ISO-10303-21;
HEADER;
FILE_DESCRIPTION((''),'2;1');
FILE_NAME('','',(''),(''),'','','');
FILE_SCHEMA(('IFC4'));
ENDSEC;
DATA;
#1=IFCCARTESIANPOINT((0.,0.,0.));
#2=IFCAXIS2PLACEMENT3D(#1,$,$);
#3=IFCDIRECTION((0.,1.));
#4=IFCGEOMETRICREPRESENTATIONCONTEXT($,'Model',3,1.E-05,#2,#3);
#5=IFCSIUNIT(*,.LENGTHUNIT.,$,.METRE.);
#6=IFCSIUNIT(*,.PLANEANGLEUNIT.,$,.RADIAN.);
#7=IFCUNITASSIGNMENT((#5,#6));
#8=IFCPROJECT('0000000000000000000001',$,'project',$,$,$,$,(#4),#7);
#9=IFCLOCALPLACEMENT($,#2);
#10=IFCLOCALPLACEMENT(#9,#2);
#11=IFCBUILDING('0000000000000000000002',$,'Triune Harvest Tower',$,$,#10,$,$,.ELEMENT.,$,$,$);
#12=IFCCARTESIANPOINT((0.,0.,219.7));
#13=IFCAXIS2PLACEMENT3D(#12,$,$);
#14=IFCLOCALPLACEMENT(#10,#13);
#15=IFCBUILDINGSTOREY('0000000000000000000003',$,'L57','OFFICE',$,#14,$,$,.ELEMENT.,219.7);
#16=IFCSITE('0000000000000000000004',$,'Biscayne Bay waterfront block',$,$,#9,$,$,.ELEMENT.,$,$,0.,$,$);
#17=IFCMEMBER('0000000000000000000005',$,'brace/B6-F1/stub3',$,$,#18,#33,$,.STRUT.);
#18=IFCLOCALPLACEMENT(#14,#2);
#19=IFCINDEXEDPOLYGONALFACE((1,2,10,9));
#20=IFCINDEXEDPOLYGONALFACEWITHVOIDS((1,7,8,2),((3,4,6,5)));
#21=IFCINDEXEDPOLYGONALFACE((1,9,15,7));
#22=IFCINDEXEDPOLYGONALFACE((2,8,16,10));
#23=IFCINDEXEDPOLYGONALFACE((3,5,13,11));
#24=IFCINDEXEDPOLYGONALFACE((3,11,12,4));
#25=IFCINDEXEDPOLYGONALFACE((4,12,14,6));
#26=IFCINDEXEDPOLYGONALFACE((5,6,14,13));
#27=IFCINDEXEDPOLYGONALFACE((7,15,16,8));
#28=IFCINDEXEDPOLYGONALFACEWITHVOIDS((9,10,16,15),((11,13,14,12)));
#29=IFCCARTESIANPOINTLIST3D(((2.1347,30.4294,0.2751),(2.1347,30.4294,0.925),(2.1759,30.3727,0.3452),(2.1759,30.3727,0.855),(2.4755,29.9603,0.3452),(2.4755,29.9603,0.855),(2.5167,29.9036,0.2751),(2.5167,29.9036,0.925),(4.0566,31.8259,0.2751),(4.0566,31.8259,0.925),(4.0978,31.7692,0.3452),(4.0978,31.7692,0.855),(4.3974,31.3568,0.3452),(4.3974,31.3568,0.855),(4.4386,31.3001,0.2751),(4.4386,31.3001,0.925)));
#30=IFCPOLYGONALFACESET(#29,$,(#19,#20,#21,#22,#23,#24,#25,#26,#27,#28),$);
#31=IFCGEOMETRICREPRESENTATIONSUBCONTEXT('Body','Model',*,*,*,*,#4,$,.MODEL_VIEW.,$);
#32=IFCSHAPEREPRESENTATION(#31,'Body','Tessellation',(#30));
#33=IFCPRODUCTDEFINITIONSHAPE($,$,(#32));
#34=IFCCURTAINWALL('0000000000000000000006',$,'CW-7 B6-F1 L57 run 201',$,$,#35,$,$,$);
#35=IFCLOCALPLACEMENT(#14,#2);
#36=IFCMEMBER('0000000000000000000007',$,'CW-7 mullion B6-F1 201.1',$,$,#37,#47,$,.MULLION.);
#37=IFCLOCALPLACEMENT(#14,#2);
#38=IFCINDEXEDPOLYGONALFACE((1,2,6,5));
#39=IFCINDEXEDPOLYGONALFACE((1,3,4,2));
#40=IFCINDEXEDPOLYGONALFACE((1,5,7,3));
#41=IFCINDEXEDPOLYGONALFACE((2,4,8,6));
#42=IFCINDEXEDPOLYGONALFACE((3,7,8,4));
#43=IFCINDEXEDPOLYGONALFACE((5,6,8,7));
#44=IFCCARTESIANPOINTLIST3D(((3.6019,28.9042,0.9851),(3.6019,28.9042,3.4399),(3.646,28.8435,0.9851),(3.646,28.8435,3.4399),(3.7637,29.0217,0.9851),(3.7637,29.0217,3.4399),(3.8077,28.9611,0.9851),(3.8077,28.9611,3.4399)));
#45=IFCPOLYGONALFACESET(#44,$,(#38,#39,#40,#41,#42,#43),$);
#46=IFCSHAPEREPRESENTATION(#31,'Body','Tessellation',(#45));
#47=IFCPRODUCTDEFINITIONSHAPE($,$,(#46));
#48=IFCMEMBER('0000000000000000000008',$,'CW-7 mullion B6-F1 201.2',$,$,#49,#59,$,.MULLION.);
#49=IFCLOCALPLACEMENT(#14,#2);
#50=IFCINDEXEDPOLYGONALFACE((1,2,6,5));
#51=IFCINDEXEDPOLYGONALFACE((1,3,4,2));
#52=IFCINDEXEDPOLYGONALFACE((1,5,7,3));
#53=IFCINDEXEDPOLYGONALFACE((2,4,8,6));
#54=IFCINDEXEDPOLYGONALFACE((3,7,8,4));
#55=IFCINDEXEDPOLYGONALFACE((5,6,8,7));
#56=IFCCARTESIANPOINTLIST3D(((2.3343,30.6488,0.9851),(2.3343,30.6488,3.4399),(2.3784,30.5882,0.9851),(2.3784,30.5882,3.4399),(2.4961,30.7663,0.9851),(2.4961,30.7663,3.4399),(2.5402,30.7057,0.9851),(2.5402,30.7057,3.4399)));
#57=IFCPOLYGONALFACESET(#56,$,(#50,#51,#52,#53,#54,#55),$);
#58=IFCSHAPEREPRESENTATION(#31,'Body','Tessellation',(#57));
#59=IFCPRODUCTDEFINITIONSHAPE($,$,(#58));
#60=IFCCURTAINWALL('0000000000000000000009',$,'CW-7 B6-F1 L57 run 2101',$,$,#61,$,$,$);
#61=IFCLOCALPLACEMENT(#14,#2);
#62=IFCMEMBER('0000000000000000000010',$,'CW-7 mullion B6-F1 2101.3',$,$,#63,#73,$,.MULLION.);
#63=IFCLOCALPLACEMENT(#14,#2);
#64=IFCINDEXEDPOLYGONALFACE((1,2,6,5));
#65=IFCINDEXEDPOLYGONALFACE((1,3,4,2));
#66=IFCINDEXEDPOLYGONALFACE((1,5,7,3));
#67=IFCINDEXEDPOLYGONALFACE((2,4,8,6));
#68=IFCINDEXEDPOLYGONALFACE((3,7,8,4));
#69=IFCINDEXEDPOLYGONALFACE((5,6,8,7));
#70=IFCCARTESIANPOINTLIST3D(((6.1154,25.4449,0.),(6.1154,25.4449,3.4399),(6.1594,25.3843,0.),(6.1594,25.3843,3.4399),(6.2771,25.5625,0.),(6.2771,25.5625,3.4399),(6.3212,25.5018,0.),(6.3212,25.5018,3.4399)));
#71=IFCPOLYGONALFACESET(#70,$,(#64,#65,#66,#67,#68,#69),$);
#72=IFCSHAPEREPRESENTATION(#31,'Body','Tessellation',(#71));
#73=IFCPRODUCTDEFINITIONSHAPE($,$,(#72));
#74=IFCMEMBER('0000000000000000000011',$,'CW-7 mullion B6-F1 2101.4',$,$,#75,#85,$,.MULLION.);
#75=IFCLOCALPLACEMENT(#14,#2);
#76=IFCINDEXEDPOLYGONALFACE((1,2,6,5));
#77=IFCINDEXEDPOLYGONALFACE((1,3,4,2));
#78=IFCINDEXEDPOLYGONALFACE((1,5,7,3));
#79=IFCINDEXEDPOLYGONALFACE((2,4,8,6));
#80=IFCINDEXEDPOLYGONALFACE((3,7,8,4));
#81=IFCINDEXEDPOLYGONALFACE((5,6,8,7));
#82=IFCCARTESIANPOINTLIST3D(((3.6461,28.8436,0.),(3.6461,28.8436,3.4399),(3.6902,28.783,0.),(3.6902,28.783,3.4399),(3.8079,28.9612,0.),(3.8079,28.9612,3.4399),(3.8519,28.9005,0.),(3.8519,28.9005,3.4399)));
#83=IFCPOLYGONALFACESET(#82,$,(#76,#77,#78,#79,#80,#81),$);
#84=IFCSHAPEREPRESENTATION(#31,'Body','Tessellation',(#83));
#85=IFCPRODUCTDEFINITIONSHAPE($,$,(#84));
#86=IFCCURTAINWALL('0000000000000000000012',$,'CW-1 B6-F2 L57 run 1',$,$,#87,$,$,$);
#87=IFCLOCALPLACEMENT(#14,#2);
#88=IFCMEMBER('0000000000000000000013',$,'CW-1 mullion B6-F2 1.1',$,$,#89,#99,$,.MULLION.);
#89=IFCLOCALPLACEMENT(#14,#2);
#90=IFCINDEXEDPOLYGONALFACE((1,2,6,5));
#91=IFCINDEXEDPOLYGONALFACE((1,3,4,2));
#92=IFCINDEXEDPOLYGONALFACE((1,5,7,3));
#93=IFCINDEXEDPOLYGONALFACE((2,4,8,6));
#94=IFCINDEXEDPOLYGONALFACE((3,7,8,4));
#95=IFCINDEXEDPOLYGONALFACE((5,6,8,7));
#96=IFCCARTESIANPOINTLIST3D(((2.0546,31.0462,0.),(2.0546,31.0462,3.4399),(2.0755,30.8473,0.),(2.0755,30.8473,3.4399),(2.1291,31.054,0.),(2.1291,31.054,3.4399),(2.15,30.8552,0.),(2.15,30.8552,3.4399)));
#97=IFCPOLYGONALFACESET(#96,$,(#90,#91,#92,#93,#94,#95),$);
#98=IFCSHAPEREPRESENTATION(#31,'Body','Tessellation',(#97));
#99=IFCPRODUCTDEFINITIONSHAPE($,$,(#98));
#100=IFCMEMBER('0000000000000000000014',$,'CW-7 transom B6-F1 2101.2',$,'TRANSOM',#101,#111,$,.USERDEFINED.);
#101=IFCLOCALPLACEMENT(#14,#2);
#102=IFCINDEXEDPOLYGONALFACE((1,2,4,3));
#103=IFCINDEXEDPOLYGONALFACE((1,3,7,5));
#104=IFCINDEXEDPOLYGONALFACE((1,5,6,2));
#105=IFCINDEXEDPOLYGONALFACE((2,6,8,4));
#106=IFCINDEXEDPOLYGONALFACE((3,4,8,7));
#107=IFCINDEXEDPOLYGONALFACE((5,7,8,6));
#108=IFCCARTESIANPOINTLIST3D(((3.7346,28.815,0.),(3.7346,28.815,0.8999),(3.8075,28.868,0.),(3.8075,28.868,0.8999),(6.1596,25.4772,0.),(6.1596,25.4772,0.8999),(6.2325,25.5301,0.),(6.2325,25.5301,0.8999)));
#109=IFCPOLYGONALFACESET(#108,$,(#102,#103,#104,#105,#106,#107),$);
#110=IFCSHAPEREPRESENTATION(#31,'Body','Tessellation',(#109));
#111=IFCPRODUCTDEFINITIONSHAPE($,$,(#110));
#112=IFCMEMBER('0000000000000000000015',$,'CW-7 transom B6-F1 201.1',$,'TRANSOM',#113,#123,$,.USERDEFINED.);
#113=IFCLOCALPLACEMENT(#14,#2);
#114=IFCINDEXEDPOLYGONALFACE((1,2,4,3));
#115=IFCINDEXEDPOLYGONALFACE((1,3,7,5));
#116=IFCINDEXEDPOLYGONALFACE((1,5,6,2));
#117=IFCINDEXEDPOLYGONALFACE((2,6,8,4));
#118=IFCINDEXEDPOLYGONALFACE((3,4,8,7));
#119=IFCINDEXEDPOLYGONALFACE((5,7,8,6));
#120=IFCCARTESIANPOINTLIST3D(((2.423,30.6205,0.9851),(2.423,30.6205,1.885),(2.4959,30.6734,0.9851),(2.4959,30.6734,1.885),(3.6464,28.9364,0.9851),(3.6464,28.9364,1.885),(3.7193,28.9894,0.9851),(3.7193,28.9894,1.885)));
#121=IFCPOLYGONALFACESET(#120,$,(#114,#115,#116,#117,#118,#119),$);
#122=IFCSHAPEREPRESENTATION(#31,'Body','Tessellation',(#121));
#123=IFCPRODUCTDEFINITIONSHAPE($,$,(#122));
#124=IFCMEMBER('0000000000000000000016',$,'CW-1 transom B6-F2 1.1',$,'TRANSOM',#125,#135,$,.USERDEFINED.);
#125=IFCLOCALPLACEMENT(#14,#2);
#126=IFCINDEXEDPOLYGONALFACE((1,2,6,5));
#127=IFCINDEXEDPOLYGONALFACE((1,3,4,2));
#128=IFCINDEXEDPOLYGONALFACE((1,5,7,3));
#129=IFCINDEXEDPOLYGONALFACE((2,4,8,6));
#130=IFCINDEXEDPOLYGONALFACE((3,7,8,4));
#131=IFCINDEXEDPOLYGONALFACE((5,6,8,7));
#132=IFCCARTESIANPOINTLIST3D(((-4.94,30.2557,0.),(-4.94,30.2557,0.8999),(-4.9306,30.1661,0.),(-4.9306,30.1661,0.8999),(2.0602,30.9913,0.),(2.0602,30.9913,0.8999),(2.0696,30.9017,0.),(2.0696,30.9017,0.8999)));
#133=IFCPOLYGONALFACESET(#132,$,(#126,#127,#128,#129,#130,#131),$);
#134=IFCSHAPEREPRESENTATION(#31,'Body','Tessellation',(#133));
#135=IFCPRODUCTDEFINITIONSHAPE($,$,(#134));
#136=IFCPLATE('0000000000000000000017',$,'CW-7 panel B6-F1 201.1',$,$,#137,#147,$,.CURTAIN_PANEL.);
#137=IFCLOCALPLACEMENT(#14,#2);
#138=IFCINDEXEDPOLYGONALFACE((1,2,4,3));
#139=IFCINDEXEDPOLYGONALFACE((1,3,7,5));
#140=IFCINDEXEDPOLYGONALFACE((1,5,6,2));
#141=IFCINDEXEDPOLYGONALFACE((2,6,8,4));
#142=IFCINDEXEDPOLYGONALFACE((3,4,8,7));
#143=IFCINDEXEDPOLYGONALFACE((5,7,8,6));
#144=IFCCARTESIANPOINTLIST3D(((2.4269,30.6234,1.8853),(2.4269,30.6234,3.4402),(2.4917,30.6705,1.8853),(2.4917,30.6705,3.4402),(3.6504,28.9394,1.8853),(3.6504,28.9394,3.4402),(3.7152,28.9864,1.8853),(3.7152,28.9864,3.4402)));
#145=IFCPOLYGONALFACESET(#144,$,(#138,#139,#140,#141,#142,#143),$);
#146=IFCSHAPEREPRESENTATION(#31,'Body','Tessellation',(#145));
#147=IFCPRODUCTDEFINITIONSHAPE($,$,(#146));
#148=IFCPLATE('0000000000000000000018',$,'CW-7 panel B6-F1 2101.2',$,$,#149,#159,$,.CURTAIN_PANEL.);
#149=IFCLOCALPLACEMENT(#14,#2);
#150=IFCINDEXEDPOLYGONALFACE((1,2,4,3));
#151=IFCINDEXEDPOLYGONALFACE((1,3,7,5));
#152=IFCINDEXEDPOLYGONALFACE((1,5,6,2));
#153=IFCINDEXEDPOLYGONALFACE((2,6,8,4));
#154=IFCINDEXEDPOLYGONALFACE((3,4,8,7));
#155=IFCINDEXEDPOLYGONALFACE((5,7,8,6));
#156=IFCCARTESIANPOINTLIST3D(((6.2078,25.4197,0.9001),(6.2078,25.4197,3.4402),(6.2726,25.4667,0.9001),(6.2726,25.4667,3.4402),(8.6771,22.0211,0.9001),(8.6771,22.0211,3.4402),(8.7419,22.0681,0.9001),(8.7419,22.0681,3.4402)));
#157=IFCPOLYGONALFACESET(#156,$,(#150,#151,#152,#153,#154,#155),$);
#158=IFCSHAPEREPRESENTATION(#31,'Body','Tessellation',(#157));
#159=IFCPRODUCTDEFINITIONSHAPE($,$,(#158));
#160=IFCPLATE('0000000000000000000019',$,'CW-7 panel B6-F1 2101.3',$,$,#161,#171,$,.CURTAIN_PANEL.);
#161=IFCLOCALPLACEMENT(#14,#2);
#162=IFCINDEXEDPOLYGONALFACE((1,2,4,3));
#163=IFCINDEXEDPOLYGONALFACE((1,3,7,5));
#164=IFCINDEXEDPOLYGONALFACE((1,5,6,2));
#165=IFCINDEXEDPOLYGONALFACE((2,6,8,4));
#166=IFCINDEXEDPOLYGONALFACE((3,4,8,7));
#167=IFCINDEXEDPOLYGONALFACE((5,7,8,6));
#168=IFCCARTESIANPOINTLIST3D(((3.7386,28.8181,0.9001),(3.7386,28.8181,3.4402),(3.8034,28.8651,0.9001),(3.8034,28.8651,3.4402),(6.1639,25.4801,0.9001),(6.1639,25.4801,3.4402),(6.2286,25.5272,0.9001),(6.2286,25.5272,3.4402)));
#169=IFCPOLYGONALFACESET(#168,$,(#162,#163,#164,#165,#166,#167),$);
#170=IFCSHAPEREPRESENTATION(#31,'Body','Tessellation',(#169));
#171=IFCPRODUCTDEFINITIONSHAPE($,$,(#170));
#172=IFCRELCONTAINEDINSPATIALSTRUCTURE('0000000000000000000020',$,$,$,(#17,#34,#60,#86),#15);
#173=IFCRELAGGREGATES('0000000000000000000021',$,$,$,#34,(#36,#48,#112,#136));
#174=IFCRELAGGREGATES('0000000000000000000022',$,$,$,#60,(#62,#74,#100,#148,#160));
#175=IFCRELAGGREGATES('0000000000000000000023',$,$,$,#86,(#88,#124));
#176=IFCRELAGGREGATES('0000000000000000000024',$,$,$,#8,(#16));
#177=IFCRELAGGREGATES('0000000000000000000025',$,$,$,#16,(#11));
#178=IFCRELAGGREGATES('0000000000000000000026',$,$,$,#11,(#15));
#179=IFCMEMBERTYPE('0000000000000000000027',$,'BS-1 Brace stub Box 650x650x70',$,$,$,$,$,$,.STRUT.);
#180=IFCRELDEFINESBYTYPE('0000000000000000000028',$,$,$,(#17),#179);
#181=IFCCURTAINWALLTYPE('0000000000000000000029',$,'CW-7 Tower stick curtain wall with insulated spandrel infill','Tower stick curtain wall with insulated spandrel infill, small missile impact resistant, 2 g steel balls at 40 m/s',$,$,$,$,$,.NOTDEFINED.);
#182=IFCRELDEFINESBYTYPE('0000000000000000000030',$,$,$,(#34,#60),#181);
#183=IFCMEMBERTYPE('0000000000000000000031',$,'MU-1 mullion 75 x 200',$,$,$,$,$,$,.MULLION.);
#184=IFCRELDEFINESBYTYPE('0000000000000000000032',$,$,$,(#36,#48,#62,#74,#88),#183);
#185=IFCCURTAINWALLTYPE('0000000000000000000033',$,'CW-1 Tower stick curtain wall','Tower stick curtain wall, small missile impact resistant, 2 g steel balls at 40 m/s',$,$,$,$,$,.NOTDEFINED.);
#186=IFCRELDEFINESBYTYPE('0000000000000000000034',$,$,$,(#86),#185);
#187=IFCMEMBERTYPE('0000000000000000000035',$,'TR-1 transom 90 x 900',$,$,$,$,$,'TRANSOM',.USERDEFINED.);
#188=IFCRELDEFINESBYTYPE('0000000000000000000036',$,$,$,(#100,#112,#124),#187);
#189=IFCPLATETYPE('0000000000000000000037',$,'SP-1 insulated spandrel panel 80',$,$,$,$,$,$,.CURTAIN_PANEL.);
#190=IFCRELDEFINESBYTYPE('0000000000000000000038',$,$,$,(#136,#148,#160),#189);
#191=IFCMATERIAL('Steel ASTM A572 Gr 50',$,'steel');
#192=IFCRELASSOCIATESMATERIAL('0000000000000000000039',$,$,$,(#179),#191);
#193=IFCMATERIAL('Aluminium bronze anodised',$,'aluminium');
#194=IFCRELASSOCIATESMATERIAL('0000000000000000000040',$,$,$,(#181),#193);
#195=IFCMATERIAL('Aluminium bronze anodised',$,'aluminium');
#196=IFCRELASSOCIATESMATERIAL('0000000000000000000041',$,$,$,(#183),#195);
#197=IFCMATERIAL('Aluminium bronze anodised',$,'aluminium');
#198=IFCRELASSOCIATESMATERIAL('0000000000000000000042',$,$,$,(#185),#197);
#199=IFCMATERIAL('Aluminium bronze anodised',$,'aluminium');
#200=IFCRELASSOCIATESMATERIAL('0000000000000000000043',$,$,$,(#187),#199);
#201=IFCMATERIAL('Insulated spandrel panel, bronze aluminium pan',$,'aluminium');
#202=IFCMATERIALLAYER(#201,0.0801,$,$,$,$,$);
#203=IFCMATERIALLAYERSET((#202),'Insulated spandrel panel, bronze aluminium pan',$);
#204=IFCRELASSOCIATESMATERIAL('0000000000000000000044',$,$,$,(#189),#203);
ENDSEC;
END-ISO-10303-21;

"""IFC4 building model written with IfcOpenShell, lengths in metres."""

from ifc_helpers import new_model, si_unit, direction, frame, origin, origin_2d, place, context, subcontext, project, spatial, rectangle, hollow_rectangle, extrude, source, transform, mapped, material, layer, layer_set, material_profile, profile_set, type_object, element, aggregate, save


model = new_model("IFC4")

# Units and contexts
model_context = context("Model", 3, precision=1e-05, world=origin(), true_north=direction((0.0, 1.0)))
body_context = subcontext(model_context, "Body", "Model", "MODEL_VIEW")
ifc_project = project(units=[si_unit("LENGTHUNIT", "METRE"), si_unit("PLANEANGLEUNIT", "RADIAN")], contexts=[model_context])

# Site, building, storey
site_placement = place(None, origin())
site = spatial("IfcSite", under=ifc_project, at=site_placement, Name="Biscayne Bay waterfront block", CompositionType="ELEMENT", RefElevation=0.0)
building_placement = place(site_placement, origin())
building = spatial("IfcBuilding", under=site, at=building_placement, Name="Triune Harvest Tower", CompositionType="ELEMENT")
storey_placement = place(building_placement, frame((0.0, 0.0, 219.7)))
storey = spatial("IfcBuildingStorey", under=building, at=storey_placement, Name="L57", Description="OFFICE", CompositionType="ELEMENT", Elevation=219.7)

# Member
ifc_material_1 = material(Name="Steel ASTM A572 Gr 50", Category="steel")
ifc_material_profile_1 = material_profile(ifc_material_1, hollow_rectangle(XDim=0.6499, YDim=0.6499, WallThickness=0.0701, at=origin_2d()), Name="Box 650x650x70")
ifc_profile_set_1 = profile_set([ifc_material_profile_1], Name="Steel ASTM A572 Gr 50")
member_type_1 = type_object("IfcMemberType", Name="BS-1 Brace stub Box 650x650x70", PredefinedType="STRUT", material=ifc_profile_set_1)
shared_shape_1 = source(origin(), body_context, "Body", "SweptSolid", [
    extrude(hollow_rectangle(XDim=0.6499, YDim=0.6499, WallThickness=0.0701, at=origin_2d()), origin(), (0.0, 0.0, 1.0), 2.3757),
])
member_1_placement = place(storey_placement, frame((2.3257, 30.1665, 0.6001), z_axis=(0.808985, 0.587829, 0.0), x_axis=(-0.587829, 0.808985, 0.0)))
element("IfcMember", 1, at=member_1_placement, inside=storey, type_object=member_type_1, Name="brace/B6-F1/stub3", PredefinedType="STRUT", context=body_context, shape_type="MappedRepresentation", body=[
    mapped(shared_shape_1, transform((0.0, 0.0, 0.0), scale=1.0)),
])

# Curtain walls, members
ifc_material_2 = material(Name="Aluminium bronze anodised", Category="aluminium")
curtain_wall_type_1 = type_object("IfcCurtainWallType", Name="CW-7 Tower stick curtain wall with insulated spandrel infill", Description="Tower stick curtain wall with insulated spandrel infill, small missile impact resistant, 2 g steel balls at 40 m/s", PredefinedType="NOTDEFINED", material=ifc_material_2)
curtain_wall_1_placement = place(storey_placement, origin())
curtain_wall_1 = element("IfcCurtainWall", 2, at=curtain_wall_1_placement, inside=storey, type_object=curtain_wall_type_1, Name="CW-7 B6-F1 L57 run 201")
ifc_material_3 = material(Name="Aluminium bronze anodised", Category="aluminium")
ifc_material_profile_2 = material_profile(ifc_material_3, rectangle(XDim=0.2, YDim=0.075, at=origin_2d()), Name="MU-1 mullion 75 x 200")
ifc_profile_set_2 = profile_set([ifc_material_profile_2], Name="Aluminium bronze anodised")
member_type_2 = type_object("IfcMemberType", Name="MU-1 mullion 75 x 200", PredefinedType="MULLION", material=ifc_profile_set_2)
shared_shape_2 = source(origin(), body_context, "Body", "SweptSolid", [
    extrude(rectangle(XDim=0.2, YDim=0.075, at=origin_2d()), origin(), (0.0, 0.0, 1.0), 2.4548),
])
member_2_placement = place(storey_placement, frame((3.7048, 28.9326, 0.9851), z_axis=(0.0, 0.0, 1.0), x_axis=(-0.809038, -0.587756, 0.0)))
member_2 = element("IfcMember", 3, at=member_2_placement, type_object=member_type_2, Name="CW-7 mullion B6-F1 201.1", PredefinedType="MULLION", context=body_context, shape_type="MappedRepresentation", body=[
    mapped(shared_shape_2, transform((0.0, 0.0, 0.0), scale=1.0)),
])
member_3_placement = place(storey_placement, frame((2.4373, 30.6772, 0.9851), z_axis=(0.0, 0.0, 1.0), x_axis=(-0.809038, -0.587756, 0.0)))
member_3 = element("IfcMember", 4, at=member_3_placement, type_object=member_type_2, Name="CW-7 mullion B6-F1 201.2", PredefinedType="MULLION", context=body_context, shape_type="MappedRepresentation", body=[
    mapped(shared_shape_2, transform((0.0, 0.0, 0.0), scale=1.0)),
])
curtain_wall_2_placement = place(storey_placement, origin())
curtain_wall_2 = element("IfcCurtainWall", 5, at=curtain_wall_2_placement, inside=storey, type_object=curtain_wall_type_1, Name="CW-7 B6-F1 L57 run 2101")
shared_shape_3 = source(origin(), body_context, "Body", "SweptSolid", [
    extrude(rectangle(XDim=0.2, YDim=0.075, at=origin_2d()), origin(), (0.0, 0.0, 1.0), 3.4399),
])
member_4_placement = place(storey_placement, frame((6.2183, 25.4734, 0.0), z_axis=(0.0, 0.0, 1.0), x_axis=(-0.809014, -0.587789, 0.0)))
member_4 = element("IfcMember", 6, at=member_4_placement, type_object=member_type_2, Name="CW-7 mullion B6-F1 2101.3", PredefinedType="MULLION", context=body_context, shape_type="MappedRepresentation", body=[
    mapped(shared_shape_3, transform((0.0, 0.0, 0.0), scale=1.0)),
])
member_5_placement = place(storey_placement, frame((3.749, 28.8721, 0.0), z_axis=(0.0, 0.0, 1.0), x_axis=(-0.809014, -0.587789, 0.0)))
member_5 = element("IfcMember", 7, at=member_5_placement, type_object=member_type_2, Name="CW-7 mullion B6-F1 2101.4", PredefinedType="MULLION", context=body_context, shape_type="MappedRepresentation", body=[
    mapped(shared_shape_3, transform((0.0, 0.0, 0.0), scale=1.0)),
])

# Curtain wall, member
ifc_material_4 = material(Name="Aluminium bronze anodised", Category="aluminium")
curtain_wall_type_2 = type_object("IfcCurtainWallType", Name="CW-1 Tower stick curtain wall", Description="Tower stick curtain wall, small missile impact resistant, 2 g steel balls at 40 m/s", PredefinedType="NOTDEFINED", material=ifc_material_4)
curtain_wall_3_placement = place(storey_placement, origin())
curtain_wall_3 = element("IfcCurtainWall", 8, at=curtain_wall_3_placement, inside=storey, type_object=curtain_wall_type_2, Name="CW-1 B6-F2 L57 run 1")
member_6_placement = place(storey_placement, frame((2.1023, 30.9507, 0.0), z_axis=(0.0, 0.0, 1.0), x_axis=(0.10453, -0.994522, 0.0)))
member_6 = element("IfcMember", 9, at=member_6_placement, type_object=member_type_2, Name="CW-1 mullion B6-F2 1.1", PredefinedType="MULLION", context=body_context, shape_type="MappedRepresentation", body=[
    mapped(shared_shape_3, transform((0.0, 0.0, 0.0), scale=1.0)),
])

# Members
ifc_material_5 = material(Name="Aluminium bronze anodised", Category="aluminium")
ifc_material_profile_3 = material_profile(ifc_material_5, rectangle(XDim=0.0901, YDim=0.8999, at=origin_2d()), Name="TR-1 transom 90 x 900")
ifc_profile_set_3 = profile_set([ifc_material_profile_3], Name="Aluminium bronze anodised")
member_type_3 = type_object("IfcMemberType", Name="TR-1 transom 90 x 900", ElementType="TRANSOM", PredefinedType="USERDEFINED", material=ifc_profile_set_3)
shared_shape_4 = source(origin(), body_context, "Body", "SweptSolid", [
    extrude(rectangle(XDim=0.0901, YDim=0.8999, at=origin_2d()), origin(), (0.0, 0.0, 1.0), 4.1257),
])
member_7_placement = place(storey_placement, frame((6.196, 25.5037, 0.45), z_axis=(-0.587774, 0.809025, 0.0), x_axis=(-0.809025, -0.587774, 0.0)))
member_7 = element("IfcMember", 10, at=member_7_placement, type_object=member_type_3, Name="CW-7 transom B6-F1 2101.2", ObjectType="TRANSOM", PredefinedType="USERDEFINED", context=body_context, shape_type="MappedRepresentation", body=[
    mapped(shared_shape_4, transform((0.0, 0.0, 0.0), scale=1.0)),
])
shared_shape_5 = source(origin(), body_context, "Body", "SweptSolid", [
    extrude(rectangle(XDim=0.0901, YDim=0.8999, at=origin_2d()), origin(), (0.0, 0.0, 1.0), 2.0815),
])
member_8_placement = place(storey_placement, frame((3.6829, 28.9629, 1.4351), z_axis=(-0.587732, 0.809055, 0.0), x_axis=(-0.809055, -0.587732, 0.0)))
member_8 = element("IfcMember", 11, at=member_8_placement, type_object=member_type_3, Name="CW-7 transom B6-F1 201.1", ObjectType="TRANSOM", PredefinedType="USERDEFINED", context=body_context, shape_type="MappedRepresentation", body=[
    mapped(shared_shape_5, transform((0.0, 0.0, 0.0), scale=1.0)),
])
shared_shape_6 = source(origin(), body_context, "Body", "SweptSolid", [
    extrude(rectangle(XDim=0.0901, YDim=0.8999, at=origin_2d()), origin(), (0.0, 0.0, 1.0), 7.0388),
])
member_9_placement = place(storey_placement, frame((2.0649, 30.9465, 0.45), z_axis=(-0.994524, -0.104506, 0.0), x_axis=(0.104506, -0.994524, 0.0)))
member_9 = element("IfcMember", 12, at=member_9_placement, type_object=member_type_3, Name="CW-1 transom B6-F2 1.1", ObjectType="TRANSOM", PredefinedType="USERDEFINED", context=body_context, shape_type="MappedRepresentation", body=[
    mapped(shared_shape_6, transform((0.0, 0.0, 0.0), scale=1.0)),
])

# Plates
ifc_material_6 = material(Name="Insulated spandrel panel, bronze aluminium pan", Category="aluminium")
ifc_layer_1 = layer(ifc_material_6, 0.0801)
ifc_layer_set_1 = layer_set([ifc_layer_1], Name="Insulated spandrel panel, bronze aluminium pan")
plate_type_1 = type_object("IfcPlateType", Name="SP-1 insulated spandrel panel 80", PredefinedType="CURTAIN_PANEL", material=ifc_layer_set_1)
shared_shape_7 = source(origin(), body_context, "Body", "SweptSolid", [
    extrude(rectangle(XDim=2.0815, YDim=0.0801, at=origin_2d()), origin(), (0.0, 0.0, 1.0), 1.5549),
])
plate_1_placement = place(storey_placement, frame((3.071, 29.8049, 1.8853), z_axis=(0.0, 0.0, 1.0), x_axis=(-0.587756, 0.809038, 0.0)))
plate_1 = element("IfcPlate", 13, at=plate_1_placement, type_object=plate_type_1, Name="CW-7 panel B6-F1 201.1", PredefinedType="CURTAIN_PANEL", context=body_context, shape_type="MappedRepresentation", body=[
    mapped(shared_shape_7, transform((0.0, 0.0, 0.0), scale=1.0)),
])
aggregate(curtain_wall_1, [member_2, member_3, member_8, plate_1])
shared_shape_8 = source(origin(), body_context, "Body", "SweptSolid", [
    extrude(rectangle(XDim=4.2009, YDim=0.0801, at=origin_2d()), origin(), (0.0, 0.0, 1.0), 2.54),
])
plate_2_placement = place(storey_placement, frame((7.4749, 23.7439, 0.9001), z_axis=(0.0, 0.0, 1.0), x_axis=(-0.587789, 0.809014, 0.0)))
plate_2 = element("IfcPlate", 14, at=plate_2_placement, type_object=plate_type_1, Name="CW-7 panel B6-F1 2101.2", PredefinedType="CURTAIN_PANEL", context=body_context, shape_type="MappedRepresentation", body=[
    mapped(shared_shape_8, transform((0.0, 0.0, 0.0), scale=1.0)),
])
shared_shape_9 = source(origin(), body_context, "Body", "SweptSolid", [
    extrude(rectangle(XDim=4.126, YDim=0.0801, at=origin_2d()), origin(), (0.0, 0.0, 1.0), 2.54),
])
plate_3_placement = place(storey_placement, frame((4.9836, 27.1726, 0.9001), z_axis=(0.0, 0.0, 1.0), x_axis=(-0.587789, 0.809014, 0.0)))
plate_3 = element("IfcPlate", 15, at=plate_3_placement, type_object=plate_type_1, Name="CW-7 panel B6-F1 2101.3", PredefinedType="CURTAIN_PANEL", context=body_context, shape_type="MappedRepresentation", body=[
    mapped(shared_shape_9, transform((0.0, 0.0, 0.0), scale=1.0)),
])
aggregate(curtain_wall_2, [member_4, member_5, member_7, plate_2, plate_3])
aggregate(curtain_wall_3, [member_6, member_9])

save(model, "model.ifc")
